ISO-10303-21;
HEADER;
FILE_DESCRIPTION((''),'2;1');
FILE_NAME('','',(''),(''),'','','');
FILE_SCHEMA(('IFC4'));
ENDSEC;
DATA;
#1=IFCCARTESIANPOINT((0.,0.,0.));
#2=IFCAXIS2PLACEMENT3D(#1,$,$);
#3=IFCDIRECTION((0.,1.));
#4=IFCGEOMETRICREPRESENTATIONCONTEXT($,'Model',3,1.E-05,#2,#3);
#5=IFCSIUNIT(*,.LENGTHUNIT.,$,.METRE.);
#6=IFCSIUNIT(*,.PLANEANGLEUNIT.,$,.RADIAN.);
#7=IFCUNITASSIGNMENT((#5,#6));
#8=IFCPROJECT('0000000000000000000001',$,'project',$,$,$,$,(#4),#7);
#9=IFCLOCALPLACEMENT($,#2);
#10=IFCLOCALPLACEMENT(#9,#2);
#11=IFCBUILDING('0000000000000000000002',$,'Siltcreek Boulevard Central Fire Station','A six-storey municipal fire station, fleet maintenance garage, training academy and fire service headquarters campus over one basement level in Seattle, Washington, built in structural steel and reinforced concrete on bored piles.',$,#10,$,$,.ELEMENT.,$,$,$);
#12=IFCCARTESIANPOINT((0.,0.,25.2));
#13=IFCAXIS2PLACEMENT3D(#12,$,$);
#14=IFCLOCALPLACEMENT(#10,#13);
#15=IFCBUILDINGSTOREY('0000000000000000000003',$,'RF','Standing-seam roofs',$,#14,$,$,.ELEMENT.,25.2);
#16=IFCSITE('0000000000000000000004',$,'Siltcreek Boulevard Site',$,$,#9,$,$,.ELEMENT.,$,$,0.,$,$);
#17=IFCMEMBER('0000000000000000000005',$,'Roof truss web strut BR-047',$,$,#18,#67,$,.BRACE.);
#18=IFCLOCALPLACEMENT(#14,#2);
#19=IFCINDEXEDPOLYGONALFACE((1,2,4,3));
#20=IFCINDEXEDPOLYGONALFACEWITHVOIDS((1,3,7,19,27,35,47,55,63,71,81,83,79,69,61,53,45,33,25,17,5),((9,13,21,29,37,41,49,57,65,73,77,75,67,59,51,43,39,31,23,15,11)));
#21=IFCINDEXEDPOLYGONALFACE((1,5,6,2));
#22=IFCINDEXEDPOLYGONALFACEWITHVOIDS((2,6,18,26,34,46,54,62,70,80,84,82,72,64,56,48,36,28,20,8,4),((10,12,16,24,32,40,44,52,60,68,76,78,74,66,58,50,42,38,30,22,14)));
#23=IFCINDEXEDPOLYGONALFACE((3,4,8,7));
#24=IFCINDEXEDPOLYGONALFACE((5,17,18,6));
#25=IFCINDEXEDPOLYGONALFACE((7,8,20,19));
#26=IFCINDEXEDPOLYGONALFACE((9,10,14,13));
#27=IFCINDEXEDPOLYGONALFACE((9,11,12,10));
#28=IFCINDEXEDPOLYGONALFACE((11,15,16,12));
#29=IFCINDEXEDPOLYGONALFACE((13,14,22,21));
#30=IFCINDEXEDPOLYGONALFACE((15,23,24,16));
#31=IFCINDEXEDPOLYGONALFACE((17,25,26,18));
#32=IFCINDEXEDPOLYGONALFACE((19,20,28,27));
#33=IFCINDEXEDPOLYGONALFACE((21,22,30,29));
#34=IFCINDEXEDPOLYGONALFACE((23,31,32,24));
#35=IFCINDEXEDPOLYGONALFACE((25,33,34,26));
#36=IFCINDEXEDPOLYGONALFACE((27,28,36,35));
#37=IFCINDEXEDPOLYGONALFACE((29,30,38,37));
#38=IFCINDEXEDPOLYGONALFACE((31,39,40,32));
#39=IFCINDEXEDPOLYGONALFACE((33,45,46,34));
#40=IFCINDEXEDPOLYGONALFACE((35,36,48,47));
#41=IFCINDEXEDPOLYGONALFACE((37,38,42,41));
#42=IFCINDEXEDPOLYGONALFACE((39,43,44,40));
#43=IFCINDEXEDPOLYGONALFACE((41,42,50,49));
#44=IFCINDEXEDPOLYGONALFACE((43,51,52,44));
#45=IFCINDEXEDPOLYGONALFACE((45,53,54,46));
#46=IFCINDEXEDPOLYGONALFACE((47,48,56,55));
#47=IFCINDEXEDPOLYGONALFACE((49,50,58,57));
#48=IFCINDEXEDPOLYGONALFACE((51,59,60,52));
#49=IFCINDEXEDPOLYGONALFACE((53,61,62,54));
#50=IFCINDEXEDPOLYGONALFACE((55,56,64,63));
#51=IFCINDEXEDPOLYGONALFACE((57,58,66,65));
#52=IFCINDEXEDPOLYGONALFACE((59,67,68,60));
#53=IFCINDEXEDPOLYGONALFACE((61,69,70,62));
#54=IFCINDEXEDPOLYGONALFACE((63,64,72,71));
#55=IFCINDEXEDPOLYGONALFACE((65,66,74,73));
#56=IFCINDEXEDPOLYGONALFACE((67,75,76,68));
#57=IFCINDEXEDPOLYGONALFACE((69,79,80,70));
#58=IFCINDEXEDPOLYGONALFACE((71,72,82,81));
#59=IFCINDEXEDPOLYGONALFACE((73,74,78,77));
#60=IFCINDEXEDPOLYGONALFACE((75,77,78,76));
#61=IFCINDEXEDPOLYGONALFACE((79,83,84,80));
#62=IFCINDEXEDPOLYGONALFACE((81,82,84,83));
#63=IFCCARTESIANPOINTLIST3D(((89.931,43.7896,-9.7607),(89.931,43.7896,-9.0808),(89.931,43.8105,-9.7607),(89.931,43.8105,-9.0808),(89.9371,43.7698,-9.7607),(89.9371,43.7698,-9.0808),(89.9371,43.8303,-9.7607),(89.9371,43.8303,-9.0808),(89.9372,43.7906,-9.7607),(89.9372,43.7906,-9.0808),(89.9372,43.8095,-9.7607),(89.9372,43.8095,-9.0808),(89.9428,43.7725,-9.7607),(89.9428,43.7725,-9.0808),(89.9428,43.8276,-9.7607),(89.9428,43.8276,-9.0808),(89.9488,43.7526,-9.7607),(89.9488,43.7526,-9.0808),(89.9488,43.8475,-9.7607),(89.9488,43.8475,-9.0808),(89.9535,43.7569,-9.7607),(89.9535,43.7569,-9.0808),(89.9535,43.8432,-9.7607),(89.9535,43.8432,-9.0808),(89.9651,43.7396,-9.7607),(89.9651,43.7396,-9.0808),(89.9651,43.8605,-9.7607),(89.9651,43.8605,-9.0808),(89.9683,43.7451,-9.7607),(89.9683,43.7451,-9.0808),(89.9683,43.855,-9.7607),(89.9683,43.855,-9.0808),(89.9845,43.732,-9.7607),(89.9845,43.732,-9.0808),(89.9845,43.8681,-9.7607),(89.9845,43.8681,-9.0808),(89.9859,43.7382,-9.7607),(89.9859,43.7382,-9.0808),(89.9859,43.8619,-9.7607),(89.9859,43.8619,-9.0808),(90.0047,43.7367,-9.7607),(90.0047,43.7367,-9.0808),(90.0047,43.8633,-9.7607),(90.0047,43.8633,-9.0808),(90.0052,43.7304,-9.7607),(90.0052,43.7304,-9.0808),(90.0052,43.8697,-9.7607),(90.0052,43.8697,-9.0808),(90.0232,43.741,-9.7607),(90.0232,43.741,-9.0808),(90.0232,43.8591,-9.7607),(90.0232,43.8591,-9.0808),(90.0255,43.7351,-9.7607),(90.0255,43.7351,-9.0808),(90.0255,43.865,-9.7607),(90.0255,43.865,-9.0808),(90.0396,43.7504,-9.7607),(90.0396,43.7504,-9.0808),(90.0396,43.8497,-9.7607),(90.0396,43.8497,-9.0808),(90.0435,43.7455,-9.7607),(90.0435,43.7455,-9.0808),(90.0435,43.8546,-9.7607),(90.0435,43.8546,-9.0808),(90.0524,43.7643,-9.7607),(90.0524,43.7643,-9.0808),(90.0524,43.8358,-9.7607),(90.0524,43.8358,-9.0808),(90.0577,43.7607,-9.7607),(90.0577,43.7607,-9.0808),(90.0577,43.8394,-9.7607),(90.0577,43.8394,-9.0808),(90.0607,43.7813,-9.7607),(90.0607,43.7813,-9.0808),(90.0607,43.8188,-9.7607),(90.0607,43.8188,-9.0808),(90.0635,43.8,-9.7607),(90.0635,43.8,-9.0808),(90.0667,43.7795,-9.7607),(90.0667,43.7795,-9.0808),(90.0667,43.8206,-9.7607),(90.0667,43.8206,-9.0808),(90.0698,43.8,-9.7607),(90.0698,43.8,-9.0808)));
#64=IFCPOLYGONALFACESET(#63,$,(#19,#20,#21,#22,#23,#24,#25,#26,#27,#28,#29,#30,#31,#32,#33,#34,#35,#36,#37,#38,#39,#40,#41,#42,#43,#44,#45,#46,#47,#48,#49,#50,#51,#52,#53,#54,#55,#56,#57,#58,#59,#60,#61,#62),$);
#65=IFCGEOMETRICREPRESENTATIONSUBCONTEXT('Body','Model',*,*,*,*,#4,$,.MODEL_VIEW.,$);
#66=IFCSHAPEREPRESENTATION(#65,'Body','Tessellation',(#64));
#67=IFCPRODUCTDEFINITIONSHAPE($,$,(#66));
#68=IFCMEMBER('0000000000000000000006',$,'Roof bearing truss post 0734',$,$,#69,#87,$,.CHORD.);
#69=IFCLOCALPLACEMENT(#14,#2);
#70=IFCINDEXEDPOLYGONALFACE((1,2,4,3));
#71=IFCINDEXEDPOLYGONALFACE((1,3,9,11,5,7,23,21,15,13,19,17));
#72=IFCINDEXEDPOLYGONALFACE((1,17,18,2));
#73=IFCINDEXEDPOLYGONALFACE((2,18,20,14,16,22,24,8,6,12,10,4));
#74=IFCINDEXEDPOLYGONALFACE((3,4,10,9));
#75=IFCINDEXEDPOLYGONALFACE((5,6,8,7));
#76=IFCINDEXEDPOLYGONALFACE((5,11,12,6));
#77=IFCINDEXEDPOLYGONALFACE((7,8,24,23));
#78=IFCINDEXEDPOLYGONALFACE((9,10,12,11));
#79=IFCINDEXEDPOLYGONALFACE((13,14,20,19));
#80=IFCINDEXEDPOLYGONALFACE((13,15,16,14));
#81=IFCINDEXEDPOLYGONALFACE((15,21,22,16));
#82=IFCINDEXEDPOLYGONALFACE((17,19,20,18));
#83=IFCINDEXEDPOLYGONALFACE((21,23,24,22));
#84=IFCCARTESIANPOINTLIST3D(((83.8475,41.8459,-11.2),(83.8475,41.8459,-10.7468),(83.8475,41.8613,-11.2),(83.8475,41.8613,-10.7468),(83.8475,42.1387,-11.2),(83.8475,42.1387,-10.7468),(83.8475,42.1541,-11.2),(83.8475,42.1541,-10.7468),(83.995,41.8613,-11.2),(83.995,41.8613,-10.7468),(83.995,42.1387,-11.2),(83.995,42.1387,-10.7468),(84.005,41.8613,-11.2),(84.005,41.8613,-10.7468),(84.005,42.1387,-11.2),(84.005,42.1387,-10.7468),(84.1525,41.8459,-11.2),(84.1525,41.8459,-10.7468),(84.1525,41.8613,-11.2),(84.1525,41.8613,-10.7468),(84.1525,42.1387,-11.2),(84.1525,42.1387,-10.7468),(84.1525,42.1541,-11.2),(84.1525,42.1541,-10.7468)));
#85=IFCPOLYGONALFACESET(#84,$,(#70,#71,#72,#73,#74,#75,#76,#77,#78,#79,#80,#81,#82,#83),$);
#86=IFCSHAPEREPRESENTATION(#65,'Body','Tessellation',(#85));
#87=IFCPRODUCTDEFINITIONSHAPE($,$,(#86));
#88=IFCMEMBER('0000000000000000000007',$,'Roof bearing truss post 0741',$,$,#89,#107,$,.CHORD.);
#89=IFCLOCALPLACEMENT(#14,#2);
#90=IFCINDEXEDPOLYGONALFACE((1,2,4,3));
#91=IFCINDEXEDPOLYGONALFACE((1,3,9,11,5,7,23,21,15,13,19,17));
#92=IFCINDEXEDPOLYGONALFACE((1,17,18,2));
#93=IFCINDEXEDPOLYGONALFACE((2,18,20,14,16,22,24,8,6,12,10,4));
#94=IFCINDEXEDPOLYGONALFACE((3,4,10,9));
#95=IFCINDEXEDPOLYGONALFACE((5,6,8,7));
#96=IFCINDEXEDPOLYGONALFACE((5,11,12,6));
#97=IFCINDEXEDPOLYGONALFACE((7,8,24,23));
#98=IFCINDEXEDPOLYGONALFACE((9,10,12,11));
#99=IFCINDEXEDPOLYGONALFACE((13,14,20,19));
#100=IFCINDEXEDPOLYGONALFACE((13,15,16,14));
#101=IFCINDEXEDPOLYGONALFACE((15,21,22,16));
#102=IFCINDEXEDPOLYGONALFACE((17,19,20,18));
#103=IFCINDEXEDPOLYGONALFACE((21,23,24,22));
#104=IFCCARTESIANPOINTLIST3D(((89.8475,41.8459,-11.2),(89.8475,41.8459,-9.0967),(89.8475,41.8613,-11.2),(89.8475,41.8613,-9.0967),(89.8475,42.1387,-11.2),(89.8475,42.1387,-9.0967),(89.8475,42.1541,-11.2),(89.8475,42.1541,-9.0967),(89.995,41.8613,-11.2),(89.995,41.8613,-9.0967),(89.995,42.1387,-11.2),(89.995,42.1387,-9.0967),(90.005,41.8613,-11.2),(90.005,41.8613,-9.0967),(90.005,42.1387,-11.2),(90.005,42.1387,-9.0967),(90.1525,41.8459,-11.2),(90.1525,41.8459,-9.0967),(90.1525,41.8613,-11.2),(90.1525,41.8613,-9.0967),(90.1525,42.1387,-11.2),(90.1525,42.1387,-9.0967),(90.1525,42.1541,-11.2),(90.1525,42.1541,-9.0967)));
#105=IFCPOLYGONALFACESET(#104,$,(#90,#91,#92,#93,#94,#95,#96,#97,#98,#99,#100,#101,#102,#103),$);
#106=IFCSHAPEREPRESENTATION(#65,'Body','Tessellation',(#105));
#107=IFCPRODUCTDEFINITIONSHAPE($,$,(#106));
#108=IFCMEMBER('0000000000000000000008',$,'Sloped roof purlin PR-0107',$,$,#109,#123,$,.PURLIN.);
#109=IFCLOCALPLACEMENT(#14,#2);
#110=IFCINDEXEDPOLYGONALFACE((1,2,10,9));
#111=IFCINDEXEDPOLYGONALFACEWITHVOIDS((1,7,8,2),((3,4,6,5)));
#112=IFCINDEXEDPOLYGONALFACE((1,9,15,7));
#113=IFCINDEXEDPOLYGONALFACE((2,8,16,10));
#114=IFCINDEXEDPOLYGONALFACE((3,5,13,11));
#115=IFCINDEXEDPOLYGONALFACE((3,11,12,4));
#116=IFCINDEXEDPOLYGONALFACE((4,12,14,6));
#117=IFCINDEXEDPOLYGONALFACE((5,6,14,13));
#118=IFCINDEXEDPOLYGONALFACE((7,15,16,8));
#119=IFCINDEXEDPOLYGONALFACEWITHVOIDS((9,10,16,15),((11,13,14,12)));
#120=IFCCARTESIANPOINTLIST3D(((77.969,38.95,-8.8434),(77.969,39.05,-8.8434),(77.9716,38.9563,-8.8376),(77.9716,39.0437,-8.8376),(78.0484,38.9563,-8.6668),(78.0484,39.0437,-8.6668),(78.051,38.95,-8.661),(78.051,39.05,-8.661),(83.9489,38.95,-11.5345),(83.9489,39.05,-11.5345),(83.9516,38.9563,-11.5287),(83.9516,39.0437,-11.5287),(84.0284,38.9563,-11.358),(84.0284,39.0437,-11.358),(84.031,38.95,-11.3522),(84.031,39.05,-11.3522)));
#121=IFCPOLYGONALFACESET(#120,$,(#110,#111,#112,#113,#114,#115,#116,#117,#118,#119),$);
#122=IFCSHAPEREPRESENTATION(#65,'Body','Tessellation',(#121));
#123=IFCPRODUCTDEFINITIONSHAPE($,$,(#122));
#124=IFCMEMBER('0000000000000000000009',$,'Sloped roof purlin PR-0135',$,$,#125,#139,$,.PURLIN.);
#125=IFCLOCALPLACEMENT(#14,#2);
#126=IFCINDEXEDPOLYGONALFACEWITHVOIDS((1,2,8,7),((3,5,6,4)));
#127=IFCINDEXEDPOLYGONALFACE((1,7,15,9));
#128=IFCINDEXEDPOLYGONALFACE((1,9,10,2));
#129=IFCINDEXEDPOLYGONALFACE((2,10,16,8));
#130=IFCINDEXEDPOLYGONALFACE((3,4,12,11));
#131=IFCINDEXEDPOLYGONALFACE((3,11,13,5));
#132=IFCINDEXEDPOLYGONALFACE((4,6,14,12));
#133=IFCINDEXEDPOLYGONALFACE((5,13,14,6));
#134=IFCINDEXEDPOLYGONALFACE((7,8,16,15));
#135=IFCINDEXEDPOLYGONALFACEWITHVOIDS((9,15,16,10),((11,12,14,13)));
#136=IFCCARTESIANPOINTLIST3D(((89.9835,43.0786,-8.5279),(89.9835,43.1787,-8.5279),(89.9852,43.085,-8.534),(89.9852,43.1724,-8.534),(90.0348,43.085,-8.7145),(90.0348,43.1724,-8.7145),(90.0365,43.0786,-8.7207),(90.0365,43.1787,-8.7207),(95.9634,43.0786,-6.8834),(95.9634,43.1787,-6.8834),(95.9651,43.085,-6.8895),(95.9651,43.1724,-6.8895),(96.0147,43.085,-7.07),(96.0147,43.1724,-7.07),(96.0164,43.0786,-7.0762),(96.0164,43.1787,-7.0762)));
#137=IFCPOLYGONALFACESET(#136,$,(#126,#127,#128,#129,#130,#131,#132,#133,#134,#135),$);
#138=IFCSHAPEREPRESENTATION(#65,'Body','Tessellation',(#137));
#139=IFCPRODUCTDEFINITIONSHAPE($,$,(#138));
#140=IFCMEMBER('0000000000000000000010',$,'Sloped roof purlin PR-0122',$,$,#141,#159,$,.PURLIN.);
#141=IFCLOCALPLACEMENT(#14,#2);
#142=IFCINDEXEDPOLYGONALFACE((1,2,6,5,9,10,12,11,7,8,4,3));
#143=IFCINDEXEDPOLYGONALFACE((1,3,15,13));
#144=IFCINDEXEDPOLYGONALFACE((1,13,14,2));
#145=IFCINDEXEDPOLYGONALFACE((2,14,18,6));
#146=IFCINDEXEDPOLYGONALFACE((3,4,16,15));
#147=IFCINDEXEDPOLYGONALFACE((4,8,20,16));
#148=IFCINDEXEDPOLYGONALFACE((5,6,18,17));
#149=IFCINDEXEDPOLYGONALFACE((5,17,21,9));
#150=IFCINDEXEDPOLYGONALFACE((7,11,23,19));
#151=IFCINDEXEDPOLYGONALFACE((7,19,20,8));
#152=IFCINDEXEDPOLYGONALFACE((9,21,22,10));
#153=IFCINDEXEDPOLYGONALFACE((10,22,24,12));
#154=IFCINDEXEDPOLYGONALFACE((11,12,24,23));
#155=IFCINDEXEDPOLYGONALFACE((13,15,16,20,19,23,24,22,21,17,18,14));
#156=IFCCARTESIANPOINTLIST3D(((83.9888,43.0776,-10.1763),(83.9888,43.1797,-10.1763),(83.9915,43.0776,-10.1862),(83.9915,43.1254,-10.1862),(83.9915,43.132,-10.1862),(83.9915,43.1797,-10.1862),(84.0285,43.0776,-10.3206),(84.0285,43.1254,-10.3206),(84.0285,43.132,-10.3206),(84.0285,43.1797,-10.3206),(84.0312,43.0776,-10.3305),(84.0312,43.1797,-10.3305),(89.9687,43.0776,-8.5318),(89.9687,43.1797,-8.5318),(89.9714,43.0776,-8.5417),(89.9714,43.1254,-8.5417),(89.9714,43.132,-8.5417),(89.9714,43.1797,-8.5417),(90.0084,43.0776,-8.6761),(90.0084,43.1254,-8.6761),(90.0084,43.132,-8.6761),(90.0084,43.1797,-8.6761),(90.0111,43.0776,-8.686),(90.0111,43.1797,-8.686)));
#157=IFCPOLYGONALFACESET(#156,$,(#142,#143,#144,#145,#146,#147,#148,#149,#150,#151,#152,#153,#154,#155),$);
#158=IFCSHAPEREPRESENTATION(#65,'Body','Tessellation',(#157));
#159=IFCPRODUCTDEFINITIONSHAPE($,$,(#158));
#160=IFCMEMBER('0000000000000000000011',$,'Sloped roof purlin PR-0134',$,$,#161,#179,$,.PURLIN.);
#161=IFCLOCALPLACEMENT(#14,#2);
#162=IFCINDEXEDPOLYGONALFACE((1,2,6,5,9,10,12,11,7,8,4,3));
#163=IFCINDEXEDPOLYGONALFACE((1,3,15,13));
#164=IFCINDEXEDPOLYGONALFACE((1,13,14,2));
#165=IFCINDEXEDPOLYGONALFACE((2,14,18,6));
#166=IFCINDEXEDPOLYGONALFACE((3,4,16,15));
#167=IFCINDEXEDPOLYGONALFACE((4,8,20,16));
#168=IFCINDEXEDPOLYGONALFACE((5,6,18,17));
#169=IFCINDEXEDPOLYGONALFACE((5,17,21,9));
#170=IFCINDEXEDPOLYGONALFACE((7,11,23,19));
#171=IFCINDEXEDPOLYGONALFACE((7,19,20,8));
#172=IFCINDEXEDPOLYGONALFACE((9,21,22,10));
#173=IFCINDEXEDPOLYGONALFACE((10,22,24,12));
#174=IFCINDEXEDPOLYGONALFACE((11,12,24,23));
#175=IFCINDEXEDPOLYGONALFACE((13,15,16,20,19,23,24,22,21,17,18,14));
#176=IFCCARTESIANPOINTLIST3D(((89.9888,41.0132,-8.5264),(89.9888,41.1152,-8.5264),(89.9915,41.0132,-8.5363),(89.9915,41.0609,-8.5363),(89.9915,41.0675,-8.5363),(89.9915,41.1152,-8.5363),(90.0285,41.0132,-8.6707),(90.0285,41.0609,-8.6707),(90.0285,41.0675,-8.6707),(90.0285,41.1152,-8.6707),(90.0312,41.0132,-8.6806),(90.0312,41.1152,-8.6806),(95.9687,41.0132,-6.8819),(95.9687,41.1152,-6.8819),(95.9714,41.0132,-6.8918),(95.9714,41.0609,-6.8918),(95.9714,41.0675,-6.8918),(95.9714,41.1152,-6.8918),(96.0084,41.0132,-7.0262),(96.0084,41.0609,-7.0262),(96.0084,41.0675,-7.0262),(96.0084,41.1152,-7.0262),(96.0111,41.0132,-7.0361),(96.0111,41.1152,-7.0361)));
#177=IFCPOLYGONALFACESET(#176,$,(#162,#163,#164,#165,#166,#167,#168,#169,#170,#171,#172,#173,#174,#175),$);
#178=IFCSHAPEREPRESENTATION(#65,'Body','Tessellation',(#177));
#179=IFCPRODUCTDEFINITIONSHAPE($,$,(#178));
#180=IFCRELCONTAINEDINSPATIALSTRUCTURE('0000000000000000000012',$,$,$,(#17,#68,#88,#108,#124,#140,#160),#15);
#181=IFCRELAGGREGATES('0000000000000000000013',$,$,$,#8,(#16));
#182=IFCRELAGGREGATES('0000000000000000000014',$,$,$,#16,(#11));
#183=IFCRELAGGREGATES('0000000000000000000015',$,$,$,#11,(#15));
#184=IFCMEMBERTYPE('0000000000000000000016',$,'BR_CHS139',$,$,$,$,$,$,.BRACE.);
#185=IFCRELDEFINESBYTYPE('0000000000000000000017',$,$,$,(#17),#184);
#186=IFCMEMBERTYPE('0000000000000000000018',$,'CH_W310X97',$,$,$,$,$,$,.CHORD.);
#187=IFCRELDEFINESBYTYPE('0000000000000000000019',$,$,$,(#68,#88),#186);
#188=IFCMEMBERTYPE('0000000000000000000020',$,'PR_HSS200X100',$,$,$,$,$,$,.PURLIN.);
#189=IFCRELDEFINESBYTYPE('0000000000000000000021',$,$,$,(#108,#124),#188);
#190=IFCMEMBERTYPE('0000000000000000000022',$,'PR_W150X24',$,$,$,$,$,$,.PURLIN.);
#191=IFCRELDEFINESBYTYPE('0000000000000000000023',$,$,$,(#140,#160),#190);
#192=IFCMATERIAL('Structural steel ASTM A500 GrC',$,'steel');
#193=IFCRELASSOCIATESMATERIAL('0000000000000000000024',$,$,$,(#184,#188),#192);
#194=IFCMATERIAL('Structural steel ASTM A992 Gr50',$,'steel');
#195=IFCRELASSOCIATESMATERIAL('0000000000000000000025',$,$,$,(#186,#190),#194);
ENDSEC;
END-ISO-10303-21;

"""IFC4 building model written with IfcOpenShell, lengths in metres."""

from ifc_helpers import new_model, si_unit, direction, frame, origin, origin_2d, place, context, subcontext, project, spatial, hollow_rectangle, hollow_circle, i_section, extrude, material, material_profile, profile_set, type_object, element, save


model = new_model("IFC4")

# Units and contexts
model_context = context("Model", 3, precision=1e-05, world=origin(), true_north=direction((0.0, 1.0)))
body_context = subcontext(model_context, "Body", "Model", "MODEL_VIEW")
ifc_project = project(units=[si_unit("LENGTHUNIT", "METRE"), si_unit("PLANEANGLEUNIT", "RADIAN")], contexts=[model_context])

# Site, building, storey
site_placement = place(None, origin())
site = spatial("IfcSite", under=ifc_project, at=site_placement, Name="Siltcreek Boulevard Site", CompositionType="ELEMENT", RefElevation=0.0)
building_placement = place(site_placement, origin())
building = spatial("IfcBuilding", under=site, at=building_placement, Name="Siltcreek Boulevard Central Fire Station", Description="A six-storey municipal fire station, fleet maintenance garage, training academy and fire service headquarters campus over one basement level in Seattle, Washington, built in structural steel and reinforced concrete on bored piles.", CompositionType="ELEMENT")
storey_placement = place(building_placement, frame((0.0, 0.0, 25.2)))
storey = spatial("IfcBuildingStorey", under=building, at=storey_placement, Name="RF", Description="Standing-seam roofs", CompositionType="ELEMENT", Elevation=25.2)

# Members
ifc_material_1 = material(Name="Structural steel ASTM A500 GrC", Category="steel")
ifc_material_profile_1 = material_profile(ifc_material_1, hollow_circle(Radius=0.0698, WallThickness=0.0063, at=origin_2d()), Name="HSS139.7X6.4")
ifc_profile_set_1 = profile_set([ifc_material_profile_1], Name="Structural steel ASTM A500 GrC")
member_type_1 = type_object("IfcMemberType", Name="BR_CHS139", PredefinedType="BRACE", material=ifc_profile_set_1)
member_1_placement = place(storey_placement, frame((90.0, 43.8, -9.7607), z_axis=(0.0, 0.0, 1.0), x_axis=(1.0, 0.0, 0.0)))
element("IfcMember", 1, at=member_1_placement, inside=storey, type_object=member_type_1, Name="Roof truss web strut BR-047", PredefinedType="BRACE", context=body_context, shape_type="SweptSolid", body=[
    extrude(hollow_circle(Radius=0.0698, WallThickness=0.0063, at=origin_2d()), origin(), (0.0, 0.0, 1.0), 0.6799),
])
ifc_material_2 = material(Name="Structural steel ASTM A992 Gr50", Category="steel")
ifc_material_profile_2 = material_profile(ifc_material_2, i_section(OverallWidth=0.3049, OverallDepth=0.3081, WebThickness=0.01, FlangeThickness=0.0154, at=origin_2d()), Name="W310X97")
ifc_profile_set_2 = profile_set([ifc_material_profile_2], Name="Structural steel ASTM A992 Gr50")
member_type_2 = type_object("IfcMemberType", Name="CH_W310X97", PredefinedType="CHORD", material=ifc_profile_set_2)
member_2_placement = place(storey_placement, frame((84.0, 42.0, -11.2), z_axis=(0.0, 0.0, 1.0), x_axis=(1.0, 0.0, 0.0)))
element("IfcMember", 2, at=member_2_placement, inside=storey, type_object=member_type_2, Name="Roof bearing truss post 0734", PredefinedType="CHORD", context=body_context, shape_type="SweptSolid", body=[
    extrude(i_section(OverallWidth=0.3049, OverallDepth=0.3081, WebThickness=0.01, FlangeThickness=0.0154, at=origin_2d()), origin(), (0.0, 0.0, 1.0), 0.4531),
])
member_3_placement = place(storey_placement, frame((90.0, 42.0, -11.2), z_axis=(0.0, 0.0, 1.0), x_axis=(1.0, 0.0, 0.0)))
element("IfcMember", 3, at=member_3_placement, inside=storey, type_object=member_type_2, Name="Roof bearing truss post 0741", PredefinedType="CHORD", context=body_context, shape_type="SweptSolid", body=[
    extrude(i_section(OverallWidth=0.3049, OverallDepth=0.3081, WebThickness=0.01, FlangeThickness=0.0154, at=origin_2d()), origin(), (0.0, 0.0, 1.0), 2.1033),
])
ifc_material_profile_3 = material_profile(ifc_material_1, hollow_rectangle(XDim=0.1001, YDim=0.2, WallThickness=0.0063, at=origin_2d()), Name="HSS200X100X6.4")
ifc_profile_set_3 = profile_set([ifc_material_profile_3], Name="Structural steel ASTM A500 GrC")
member_type_3 = type_object("IfcMemberType", Name="PR_HSS200X100", PredefinedType="PURLIN", material=ifc_profile_set_3)
member_4_placement = place(storey_placement, frame((78.01, 39.0, -8.7522), z_axis=(0.911912, 0.0, -0.410386), x_axis=(0.0, 1.0, 0.0)))
element("IfcMember", 4, at=member_4_placement, inside=storey, type_object=member_type_3, Name="Sloped roof purlin PR-0107", PredefinedType="PURLIN", context=body_context, shape_type="SweptSolid", body=[
    extrude(hollow_rectangle(XDim=0.1001, YDim=0.2, WallThickness=0.0063, at=origin_2d()), origin(), (0.0, 0.0, 1.0), 6.5576),
])
member_5_placement = place(storey_placement, frame((90.01, 43.1287, -8.6243), z_axis=(0.964204, 0.0, 0.265162), x_axis=(0.0, 1.0, 0.0)))
element("IfcMember", 5, at=member_5_placement, inside=storey, type_object=member_type_3, Name="Sloped roof purlin PR-0135", PredefinedType="PURLIN", context=body_context, shape_type="SweptSolid", body=[
    extrude(hollow_rectangle(XDim=0.1001, YDim=0.2, WallThickness=0.0063, at=origin_2d()), origin(), (0.0, 0.0, 1.0), 6.2019),
])
ifc_material_profile_4 = material_profile(ifc_material_2, i_section(OverallWidth=0.1021, OverallDepth=0.1599, WebThickness=0.0066, FlangeThickness=0.0103, at=origin_2d()), Name="W150X24")
ifc_profile_set_4 = profile_set([ifc_material_profile_4], Name="Structural steel ASTM A992 Gr50")
member_type_4 = type_object("IfcMemberType", Name="PR_W150X24", PredefinedType="PURLIN", material=ifc_profile_set_4)
for number, where, z_axis, x_axis, name in (
    (6, (84.01, 43.1287, -10.2534), (0.964204, 0.0, 0.265162), (0.0, 1.0, 0.0), "Sloped roof purlin PR-0122"),
    (7, (90.01, 41.0642, -8.6035), (0.964204, 0.0, 0.265162), (0.0, 1.0, 0.0), "Sloped roof purlin PR-0134"),
):
    element("IfcMember", number, at=place(storey_placement, frame(where, z_axis=z_axis, x_axis=x_axis)), inside=storey, type_object=member_type_4, Name=name, PredefinedType="PURLIN", context=body_context, shape_type="SweptSolid", body=[
        extrude(i_section(OverallWidth=0.1021, OverallDepth=0.1599, WebThickness=0.0066, FlangeThickness=0.0103, at=origin_2d()), origin(), (0.0, 0.0, 1.0), 6.2019),
    ])

save(model, "model.ifc")
